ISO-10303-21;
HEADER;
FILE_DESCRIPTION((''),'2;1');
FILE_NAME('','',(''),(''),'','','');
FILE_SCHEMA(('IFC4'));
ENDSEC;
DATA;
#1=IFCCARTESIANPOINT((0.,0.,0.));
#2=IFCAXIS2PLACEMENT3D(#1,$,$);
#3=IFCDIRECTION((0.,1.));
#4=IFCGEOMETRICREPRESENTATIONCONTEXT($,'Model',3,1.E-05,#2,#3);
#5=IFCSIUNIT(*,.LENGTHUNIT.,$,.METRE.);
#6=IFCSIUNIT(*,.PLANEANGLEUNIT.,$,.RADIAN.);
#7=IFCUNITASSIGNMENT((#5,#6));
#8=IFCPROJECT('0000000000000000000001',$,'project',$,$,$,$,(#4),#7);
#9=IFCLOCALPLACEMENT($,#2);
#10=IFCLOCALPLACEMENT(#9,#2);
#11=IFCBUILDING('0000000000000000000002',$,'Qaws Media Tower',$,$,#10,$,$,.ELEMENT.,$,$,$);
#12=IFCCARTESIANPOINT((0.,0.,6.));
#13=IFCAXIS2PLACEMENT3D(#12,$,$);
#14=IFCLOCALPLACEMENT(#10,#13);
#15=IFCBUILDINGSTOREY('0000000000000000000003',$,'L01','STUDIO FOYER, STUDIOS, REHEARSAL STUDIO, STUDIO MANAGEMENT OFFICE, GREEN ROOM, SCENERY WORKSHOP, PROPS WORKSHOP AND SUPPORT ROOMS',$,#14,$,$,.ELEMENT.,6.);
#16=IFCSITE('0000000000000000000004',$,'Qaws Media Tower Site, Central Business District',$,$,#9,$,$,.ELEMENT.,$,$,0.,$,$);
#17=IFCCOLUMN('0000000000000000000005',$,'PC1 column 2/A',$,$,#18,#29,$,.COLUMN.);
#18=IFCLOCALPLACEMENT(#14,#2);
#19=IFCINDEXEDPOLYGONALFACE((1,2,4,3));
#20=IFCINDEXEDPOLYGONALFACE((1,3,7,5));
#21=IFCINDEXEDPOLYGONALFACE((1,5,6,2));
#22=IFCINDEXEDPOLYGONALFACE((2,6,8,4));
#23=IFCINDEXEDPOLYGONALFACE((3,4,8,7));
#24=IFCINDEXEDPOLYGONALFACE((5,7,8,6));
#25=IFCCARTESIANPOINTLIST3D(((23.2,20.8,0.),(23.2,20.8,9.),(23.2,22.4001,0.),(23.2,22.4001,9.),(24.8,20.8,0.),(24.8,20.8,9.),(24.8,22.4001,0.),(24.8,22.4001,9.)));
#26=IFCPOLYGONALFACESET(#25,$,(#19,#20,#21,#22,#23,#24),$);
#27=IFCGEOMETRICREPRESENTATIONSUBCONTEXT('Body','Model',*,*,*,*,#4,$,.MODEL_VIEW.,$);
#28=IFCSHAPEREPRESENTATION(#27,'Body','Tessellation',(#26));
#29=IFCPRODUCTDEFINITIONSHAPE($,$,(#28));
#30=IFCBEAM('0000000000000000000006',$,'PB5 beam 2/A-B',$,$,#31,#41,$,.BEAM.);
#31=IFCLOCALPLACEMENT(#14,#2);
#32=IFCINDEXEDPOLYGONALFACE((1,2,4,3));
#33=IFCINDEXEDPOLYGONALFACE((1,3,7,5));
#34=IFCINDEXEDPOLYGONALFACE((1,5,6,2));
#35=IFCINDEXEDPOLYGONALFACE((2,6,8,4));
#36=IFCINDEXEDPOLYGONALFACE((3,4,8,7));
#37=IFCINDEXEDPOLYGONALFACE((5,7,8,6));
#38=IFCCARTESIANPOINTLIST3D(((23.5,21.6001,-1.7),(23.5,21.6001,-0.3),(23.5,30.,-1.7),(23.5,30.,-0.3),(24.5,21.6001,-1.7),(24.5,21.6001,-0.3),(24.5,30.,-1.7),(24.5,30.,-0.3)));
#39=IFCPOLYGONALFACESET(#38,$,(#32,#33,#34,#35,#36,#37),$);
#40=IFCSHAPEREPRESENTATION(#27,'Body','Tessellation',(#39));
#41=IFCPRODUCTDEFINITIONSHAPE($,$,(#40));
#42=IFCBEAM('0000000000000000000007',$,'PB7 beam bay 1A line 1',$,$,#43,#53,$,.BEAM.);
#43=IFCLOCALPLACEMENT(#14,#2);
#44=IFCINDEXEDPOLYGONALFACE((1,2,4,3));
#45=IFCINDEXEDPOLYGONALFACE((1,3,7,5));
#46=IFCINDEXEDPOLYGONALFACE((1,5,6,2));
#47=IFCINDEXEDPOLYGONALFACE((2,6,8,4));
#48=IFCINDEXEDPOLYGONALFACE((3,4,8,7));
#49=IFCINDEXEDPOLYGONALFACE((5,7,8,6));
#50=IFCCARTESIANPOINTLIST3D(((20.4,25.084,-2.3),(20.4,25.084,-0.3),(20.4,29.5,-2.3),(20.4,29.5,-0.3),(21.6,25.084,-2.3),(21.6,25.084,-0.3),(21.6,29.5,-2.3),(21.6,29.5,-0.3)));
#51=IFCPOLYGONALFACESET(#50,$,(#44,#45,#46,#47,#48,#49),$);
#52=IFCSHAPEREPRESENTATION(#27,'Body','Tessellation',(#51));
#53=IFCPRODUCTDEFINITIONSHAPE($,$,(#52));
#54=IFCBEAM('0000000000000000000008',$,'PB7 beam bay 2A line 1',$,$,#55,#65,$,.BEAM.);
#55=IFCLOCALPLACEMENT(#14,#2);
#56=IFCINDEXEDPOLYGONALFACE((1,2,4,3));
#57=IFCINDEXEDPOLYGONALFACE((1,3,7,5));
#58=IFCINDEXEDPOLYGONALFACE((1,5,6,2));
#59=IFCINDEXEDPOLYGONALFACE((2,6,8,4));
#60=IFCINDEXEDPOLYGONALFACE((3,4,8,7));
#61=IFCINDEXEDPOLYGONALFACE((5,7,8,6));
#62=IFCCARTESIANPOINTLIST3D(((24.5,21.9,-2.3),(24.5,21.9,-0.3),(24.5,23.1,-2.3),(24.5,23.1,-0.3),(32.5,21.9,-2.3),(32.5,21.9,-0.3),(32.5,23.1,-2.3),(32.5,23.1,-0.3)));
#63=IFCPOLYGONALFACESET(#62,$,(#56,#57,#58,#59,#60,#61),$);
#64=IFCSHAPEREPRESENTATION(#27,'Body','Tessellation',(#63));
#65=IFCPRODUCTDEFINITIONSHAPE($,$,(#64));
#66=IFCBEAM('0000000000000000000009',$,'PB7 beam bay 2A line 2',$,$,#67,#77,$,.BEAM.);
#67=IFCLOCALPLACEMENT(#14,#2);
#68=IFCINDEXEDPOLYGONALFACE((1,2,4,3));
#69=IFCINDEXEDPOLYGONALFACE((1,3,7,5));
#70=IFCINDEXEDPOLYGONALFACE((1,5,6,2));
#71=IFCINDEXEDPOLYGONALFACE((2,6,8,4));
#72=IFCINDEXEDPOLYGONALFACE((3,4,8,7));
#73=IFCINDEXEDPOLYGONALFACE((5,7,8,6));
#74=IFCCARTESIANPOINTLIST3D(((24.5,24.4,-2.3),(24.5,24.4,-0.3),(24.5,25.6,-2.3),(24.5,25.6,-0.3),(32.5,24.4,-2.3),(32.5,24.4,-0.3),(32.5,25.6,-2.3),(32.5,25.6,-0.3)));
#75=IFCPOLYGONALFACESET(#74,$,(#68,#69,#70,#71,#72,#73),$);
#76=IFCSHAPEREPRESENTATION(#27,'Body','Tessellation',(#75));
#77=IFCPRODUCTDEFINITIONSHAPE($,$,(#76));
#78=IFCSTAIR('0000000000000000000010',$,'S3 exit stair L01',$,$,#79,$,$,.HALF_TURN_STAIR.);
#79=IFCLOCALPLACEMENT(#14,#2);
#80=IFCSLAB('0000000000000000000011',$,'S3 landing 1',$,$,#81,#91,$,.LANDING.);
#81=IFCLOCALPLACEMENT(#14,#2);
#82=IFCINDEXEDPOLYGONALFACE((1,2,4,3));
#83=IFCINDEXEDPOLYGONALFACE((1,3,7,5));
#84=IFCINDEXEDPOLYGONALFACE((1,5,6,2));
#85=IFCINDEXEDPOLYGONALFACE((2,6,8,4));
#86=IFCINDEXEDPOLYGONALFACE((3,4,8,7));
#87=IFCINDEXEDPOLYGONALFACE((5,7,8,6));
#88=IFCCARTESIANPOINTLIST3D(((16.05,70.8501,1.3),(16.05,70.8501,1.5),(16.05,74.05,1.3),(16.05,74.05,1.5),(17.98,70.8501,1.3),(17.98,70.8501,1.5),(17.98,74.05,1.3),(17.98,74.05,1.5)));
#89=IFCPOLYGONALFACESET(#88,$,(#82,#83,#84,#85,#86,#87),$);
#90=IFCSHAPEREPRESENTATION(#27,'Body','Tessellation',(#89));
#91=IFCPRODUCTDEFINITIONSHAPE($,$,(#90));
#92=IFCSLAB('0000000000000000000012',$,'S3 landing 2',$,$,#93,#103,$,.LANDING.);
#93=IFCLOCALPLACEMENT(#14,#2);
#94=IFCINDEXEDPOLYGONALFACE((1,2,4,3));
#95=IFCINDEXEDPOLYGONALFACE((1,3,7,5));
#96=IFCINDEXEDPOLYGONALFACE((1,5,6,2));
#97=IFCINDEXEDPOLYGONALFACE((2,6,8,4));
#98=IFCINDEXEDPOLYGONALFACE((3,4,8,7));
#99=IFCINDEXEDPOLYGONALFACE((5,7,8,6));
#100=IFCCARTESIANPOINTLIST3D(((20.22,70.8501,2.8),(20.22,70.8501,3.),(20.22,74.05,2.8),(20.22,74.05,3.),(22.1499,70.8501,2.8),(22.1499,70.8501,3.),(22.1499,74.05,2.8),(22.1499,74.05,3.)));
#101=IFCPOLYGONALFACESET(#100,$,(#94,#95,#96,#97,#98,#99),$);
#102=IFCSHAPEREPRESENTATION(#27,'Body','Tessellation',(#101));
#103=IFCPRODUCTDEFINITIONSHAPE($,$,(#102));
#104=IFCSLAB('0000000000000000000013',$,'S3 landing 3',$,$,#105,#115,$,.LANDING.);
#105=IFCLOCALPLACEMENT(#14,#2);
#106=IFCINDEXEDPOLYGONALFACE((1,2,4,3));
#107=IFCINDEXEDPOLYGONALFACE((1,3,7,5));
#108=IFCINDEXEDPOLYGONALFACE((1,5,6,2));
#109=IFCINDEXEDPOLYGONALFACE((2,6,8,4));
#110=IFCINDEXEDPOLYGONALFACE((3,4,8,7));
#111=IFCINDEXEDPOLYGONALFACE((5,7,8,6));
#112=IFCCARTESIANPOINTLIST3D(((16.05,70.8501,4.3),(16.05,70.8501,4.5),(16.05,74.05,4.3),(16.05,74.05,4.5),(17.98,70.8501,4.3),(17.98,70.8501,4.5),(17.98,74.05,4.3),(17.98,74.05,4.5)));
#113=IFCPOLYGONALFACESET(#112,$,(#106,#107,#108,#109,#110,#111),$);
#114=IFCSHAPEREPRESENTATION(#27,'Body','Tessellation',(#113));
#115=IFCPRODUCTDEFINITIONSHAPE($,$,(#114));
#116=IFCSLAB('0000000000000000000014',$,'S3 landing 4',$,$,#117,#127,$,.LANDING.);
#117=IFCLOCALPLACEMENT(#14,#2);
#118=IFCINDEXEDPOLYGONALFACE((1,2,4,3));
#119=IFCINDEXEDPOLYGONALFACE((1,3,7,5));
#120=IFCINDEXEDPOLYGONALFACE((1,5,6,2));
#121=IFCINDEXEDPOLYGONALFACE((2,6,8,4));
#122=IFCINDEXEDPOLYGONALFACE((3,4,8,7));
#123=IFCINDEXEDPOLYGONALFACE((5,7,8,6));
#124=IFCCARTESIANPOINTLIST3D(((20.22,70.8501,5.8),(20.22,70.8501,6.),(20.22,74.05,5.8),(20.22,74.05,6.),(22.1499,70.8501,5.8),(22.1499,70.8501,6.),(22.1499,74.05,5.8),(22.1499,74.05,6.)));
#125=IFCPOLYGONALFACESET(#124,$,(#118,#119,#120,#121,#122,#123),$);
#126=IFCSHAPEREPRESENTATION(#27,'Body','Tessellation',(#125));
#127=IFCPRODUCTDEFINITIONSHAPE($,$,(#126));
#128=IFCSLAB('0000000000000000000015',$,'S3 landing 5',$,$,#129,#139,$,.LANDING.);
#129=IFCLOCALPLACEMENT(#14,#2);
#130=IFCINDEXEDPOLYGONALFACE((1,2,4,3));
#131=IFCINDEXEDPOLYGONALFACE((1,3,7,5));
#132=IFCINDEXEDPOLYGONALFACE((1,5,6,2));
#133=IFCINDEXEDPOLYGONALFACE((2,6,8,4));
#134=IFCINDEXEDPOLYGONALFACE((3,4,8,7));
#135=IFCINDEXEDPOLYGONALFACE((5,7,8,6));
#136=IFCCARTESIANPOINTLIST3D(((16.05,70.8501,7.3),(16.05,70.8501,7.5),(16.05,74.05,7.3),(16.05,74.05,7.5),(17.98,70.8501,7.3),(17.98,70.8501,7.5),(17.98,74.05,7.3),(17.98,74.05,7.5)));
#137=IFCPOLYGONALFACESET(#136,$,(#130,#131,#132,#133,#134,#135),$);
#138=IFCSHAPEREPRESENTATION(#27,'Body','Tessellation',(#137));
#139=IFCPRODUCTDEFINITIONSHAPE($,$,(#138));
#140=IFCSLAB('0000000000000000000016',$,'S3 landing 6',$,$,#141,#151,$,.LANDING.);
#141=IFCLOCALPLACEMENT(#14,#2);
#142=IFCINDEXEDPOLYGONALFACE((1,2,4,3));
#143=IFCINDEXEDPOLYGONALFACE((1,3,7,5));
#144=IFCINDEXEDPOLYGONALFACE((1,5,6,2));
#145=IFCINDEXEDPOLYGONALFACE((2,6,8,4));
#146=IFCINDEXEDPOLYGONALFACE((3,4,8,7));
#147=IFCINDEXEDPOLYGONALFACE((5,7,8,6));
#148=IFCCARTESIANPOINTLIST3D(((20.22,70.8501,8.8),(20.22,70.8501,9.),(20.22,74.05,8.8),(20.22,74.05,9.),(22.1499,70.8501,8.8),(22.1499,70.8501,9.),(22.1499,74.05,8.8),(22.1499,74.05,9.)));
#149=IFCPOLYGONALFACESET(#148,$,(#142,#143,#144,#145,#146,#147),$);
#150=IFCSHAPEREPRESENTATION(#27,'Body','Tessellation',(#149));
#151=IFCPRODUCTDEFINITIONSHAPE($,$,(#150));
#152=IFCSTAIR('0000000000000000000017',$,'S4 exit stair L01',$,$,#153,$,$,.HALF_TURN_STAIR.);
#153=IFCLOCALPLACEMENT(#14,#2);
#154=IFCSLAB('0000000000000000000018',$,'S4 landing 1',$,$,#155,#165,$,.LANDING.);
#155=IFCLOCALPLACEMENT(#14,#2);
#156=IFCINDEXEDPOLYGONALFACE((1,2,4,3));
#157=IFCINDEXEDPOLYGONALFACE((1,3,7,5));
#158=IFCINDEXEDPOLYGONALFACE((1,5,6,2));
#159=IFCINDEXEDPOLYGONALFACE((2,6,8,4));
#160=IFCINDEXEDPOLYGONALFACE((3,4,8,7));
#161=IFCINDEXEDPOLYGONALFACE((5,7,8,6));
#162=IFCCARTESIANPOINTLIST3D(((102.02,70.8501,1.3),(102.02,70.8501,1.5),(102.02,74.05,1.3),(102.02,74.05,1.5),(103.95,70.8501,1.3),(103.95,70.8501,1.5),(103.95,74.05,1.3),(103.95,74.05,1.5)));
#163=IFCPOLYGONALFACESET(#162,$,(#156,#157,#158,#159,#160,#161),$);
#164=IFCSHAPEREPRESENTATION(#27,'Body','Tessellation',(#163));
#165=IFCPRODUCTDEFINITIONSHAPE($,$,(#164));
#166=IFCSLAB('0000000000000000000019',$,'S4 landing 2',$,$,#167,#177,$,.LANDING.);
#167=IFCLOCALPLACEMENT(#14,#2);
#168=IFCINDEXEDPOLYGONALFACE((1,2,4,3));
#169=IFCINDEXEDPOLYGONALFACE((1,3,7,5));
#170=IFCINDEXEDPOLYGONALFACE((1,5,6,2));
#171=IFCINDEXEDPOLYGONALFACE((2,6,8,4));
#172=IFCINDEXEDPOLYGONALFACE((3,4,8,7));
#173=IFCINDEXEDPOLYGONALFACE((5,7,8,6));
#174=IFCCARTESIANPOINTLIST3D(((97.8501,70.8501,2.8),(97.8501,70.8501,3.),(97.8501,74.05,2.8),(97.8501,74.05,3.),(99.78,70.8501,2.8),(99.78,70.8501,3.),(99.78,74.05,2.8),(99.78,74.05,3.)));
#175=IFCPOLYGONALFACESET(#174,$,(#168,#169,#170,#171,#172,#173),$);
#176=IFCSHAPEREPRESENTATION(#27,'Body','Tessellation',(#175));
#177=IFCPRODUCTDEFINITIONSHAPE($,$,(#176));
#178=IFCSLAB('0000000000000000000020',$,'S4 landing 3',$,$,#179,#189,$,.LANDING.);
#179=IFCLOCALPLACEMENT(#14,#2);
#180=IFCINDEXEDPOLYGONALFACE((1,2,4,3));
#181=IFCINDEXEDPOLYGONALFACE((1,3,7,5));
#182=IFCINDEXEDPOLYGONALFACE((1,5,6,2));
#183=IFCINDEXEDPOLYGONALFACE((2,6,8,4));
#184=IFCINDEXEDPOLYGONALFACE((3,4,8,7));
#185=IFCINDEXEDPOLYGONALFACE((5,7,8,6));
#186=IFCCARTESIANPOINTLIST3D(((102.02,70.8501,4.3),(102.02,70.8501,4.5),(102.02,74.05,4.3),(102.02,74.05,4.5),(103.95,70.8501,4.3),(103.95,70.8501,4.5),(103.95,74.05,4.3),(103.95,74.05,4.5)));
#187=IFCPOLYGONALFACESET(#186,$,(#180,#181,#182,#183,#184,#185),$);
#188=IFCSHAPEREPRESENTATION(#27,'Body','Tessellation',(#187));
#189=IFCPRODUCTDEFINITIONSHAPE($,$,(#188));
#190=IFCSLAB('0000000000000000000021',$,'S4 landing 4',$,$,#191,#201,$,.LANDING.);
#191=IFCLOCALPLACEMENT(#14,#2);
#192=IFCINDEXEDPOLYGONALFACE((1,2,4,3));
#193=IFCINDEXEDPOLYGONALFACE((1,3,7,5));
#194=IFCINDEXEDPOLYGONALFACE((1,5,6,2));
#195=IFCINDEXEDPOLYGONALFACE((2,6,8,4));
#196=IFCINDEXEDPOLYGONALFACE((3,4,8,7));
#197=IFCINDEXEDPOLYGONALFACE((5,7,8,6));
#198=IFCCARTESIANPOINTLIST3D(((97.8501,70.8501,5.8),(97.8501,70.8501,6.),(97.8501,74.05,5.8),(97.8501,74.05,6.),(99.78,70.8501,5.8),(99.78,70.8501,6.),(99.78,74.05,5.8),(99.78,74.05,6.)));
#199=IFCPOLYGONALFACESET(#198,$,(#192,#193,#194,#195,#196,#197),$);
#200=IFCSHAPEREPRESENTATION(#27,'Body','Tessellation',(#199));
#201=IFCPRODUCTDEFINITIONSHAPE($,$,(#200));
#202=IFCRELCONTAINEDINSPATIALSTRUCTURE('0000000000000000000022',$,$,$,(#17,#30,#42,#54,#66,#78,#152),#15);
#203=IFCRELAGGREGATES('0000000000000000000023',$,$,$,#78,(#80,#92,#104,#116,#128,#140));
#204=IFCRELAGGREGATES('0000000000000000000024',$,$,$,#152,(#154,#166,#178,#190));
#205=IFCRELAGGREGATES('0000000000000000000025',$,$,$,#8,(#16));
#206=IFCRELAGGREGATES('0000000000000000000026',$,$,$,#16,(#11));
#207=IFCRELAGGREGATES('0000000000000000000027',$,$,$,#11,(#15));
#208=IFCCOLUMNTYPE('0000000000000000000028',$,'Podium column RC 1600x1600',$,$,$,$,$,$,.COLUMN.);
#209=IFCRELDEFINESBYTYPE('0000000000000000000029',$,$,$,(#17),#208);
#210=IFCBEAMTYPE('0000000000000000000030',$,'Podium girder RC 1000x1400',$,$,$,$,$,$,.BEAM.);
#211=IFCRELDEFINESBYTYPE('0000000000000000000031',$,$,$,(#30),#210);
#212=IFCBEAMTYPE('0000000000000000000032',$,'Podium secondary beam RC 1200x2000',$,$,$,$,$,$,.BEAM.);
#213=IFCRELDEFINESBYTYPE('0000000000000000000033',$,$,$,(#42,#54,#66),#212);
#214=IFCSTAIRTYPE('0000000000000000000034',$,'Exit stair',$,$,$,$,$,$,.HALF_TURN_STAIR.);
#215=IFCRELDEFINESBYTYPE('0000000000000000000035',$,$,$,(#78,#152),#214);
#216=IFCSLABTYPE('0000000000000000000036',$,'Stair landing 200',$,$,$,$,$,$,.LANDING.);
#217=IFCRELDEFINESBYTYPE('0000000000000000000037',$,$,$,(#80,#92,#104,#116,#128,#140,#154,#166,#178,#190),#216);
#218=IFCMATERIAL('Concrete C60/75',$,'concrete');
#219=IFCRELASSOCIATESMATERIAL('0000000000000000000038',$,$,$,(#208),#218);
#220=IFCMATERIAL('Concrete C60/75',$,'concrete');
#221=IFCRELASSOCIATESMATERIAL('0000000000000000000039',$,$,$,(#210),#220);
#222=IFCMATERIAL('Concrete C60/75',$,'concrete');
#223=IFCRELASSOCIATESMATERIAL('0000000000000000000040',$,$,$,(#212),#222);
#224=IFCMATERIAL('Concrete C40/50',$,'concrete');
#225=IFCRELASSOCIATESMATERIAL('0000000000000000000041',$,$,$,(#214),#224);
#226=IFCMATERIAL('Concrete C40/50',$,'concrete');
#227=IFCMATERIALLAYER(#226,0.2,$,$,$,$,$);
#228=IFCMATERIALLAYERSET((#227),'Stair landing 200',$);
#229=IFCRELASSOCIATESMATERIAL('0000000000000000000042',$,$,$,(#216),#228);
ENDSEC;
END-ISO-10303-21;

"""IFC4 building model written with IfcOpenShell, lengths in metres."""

from ifc_helpers import new_model, si_unit, direction, frame, origin, origin_2d, place, context, subcontext, project, spatial, polyline, rectangle, outline, extrude, material, layer, layer_set, material_profile, profile_set, type_object, element, aggregate, save


model = new_model("IFC4")

# Units and contexts
model_context = context("Model", 3, precision=1e-05, world=origin(), true_north=direction((0.0, 1.0)))
body_context = subcontext(model_context, "Body", "Model", "MODEL_VIEW")
ifc_project = project(units=[si_unit("LENGTHUNIT", "METRE"), si_unit("PLANEANGLEUNIT", "RADIAN")], contexts=[model_context])

# Site, building, storey
site_placement = place(None, origin())
site = spatial("IfcSite", under=ifc_project, at=site_placement, Name="Qaws Media Tower Site, Central Business District", CompositionType="ELEMENT", RefElevation=0.0)
building_placement = place(site_placement, origin())
building = spatial("IfcBuilding", under=site, at=building_placement, Name="Qaws Media Tower", CompositionType="ELEMENT")
storey_placement = place(building_placement, frame((0.0, 0.0, 6.0)))
storey = spatial("IfcBuildingStorey", under=building, at=storey_placement, Name="L01", Description="STUDIO FOYER, STUDIOS, REHEARSAL STUDIO, STUDIO MANAGEMENT OFFICE, GREEN ROOM, SCENERY WORKSHOP, PROPS WORKSHOP AND SUPPORT ROOMS", CompositionType="ELEMENT", Elevation=6.0)

# Column
ifc_material_1 = material(Name="Concrete C60/75", Category="concrete")
ifc_material_profile_1 = material_profile(ifc_material_1, rectangle(XDim=1.6001, YDim=1.6001, at=origin_2d()), Name="RC 1600x1600")
ifc_profile_set_1 = profile_set([ifc_material_profile_1], Name="Concrete C60/75")
column_type = type_object("IfcColumnType", Name="Podium column RC 1600x1600", PredefinedType="COLUMN", material=ifc_profile_set_1)
column_placement = place(storey_placement, frame((24.0, 21.6001, 0.0), z_axis=(0.0, 0.0, 1.0), x_axis=(1.0, 0.0, 0.0)))
element("IfcColumn", 1, at=column_placement, inside=storey, type_object=column_type, Name="PC1 column 2/A", PredefinedType="COLUMN", context=body_context, shape_type="SweptSolid", body=[
    extrude(rectangle(XDim=1.6001, YDim=1.6001, at=origin_2d()), origin(), (0.0, 0.0, 1.0), 9.0),
])

# Beams
ifc_material_2 = material(Name="Concrete C60/75", Category="concrete")
ifc_material_profile_2 = material_profile(ifc_material_2, rectangle(XDim=1.0, YDim=1.3999, at=origin_2d()), Name="RC 1000x1400")
ifc_profile_set_2 = profile_set([ifc_material_profile_2], Name="Concrete C60/75")
beam_type_1 = type_object("IfcBeamType", Name="Podium girder RC 1000x1400", PredefinedType="BEAM", material=ifc_profile_set_2)
beam_1_placement = place(storey_placement, frame((24.0, 21.6001, -1.0), z_axis=(0.0, 1.0, 0.0), x_axis=(-1.0, 0.0, 0.0)))
element("IfcBeam", 2, at=beam_1_placement, inside=storey, type_object=beam_type_1, Name="PB5 beam 2/A-B", PredefinedType="BEAM", context=body_context, shape_type="SweptSolid", body=[
    extrude(rectangle(XDim=1.0, YDim=1.3999, at=origin_2d()), origin(), (0.0, 0.0, 1.0), 8.3999),
])
ifc_material_3 = material(Name="Concrete C60/75", Category="concrete")
ifc_material_profile_3 = material_profile(ifc_material_3, rectangle(XDim=1.2, YDim=2.0, at=origin_2d()), Name="RC 1200x2000")
ifc_profile_set_3 = profile_set([ifc_material_profile_3], Name="Concrete C60/75")
beam_type_2 = type_object("IfcBeamType", Name="Podium secondary beam RC 1200x2000", PredefinedType="BEAM", material=ifc_profile_set_3)
beam_2_placement = place(storey_placement, frame((21.0, 25.084, -1.3), z_axis=(0.0, 1.0, 0.0), x_axis=(-1.0, 0.0, 0.0)))
element("IfcBeam", 3, at=beam_2_placement, inside=storey, type_object=beam_type_2, Name="PB7 beam bay 1A line 1", PredefinedType="BEAM", context=body_context, shape_type="SweptSolid", body=[
    extrude(rectangle(XDim=1.2, YDim=2.0, at=origin_2d()), origin(), (0.0, 0.0, 1.0), 4.416),
])
for number, where, z_axis, x_axis, name in (
    (4, (24.5, 22.5, -1.3), (1.0, 0.0, 0.0), (0.0, 1.0, 0.0), "PB7 beam bay 2A line 1"),
    (5, (24.5, 25.0, -1.3), (1.0, 0.0, 0.0), (0.0, 1.0, 0.0), "PB7 beam bay 2A line 2"),
):
    element("IfcBeam", number, at=place(storey_placement, frame(where, z_axis=z_axis, x_axis=x_axis)), inside=storey, type_object=beam_type_2, Name=name, PredefinedType="BEAM", context=body_context, shape_type="SweptSolid", body=[
        extrude(rectangle(XDim=1.2, YDim=2.0, at=origin_2d()), origin(), (0.0, 0.0, 1.0), 8.0),
    ])

# Stairs, slabs
ifc_material_4 = material(Name="Concrete C40/50", Category="concrete")
stair_type = type_object("IfcStairType", Name="Exit stair", PredefinedType="HALF_TURN_STAIR", material=ifc_material_4)
stair_1_placement = place(storey_placement, origin())
stair_1 = element("IfcStair", 6, at=stair_1_placement, inside=storey, type_object=stair_type, Name="S3 exit stair L01", PredefinedType="HALF_TURN_STAIR")
ifc_material_5 = material(Name="Concrete C40/50", Category="concrete")
ifc_layer_1 = layer(ifc_material_5, 0.2)
ifc_layer_set_1 = layer_set([ifc_layer_1], Name="Stair landing 200")
slab_type = type_object("IfcSlabType", Name="Stair landing 200", PredefinedType="LANDING", material=ifc_layer_set_1)
slab_1_placement = place(storey_placement, frame((0.0, 0.0, 1.3)))
slab_1 = element("IfcSlab", 7, at=slab_1_placement, type_object=slab_type, Name="S3 landing 1", PredefinedType="LANDING", context=body_context, shape_type="SweptSolid", body=[
    extrude(outline(polyline([(16.05, 70.8501), (17.98, 70.8501), (17.98, 74.05), (16.05, 74.05), (16.05, 70.8501)])), origin(), (0.0, 0.0, 1.0), 0.2),
])
slab_2_placement = place(storey_placement, frame((0.0, 0.0, 2.8)))
slab_2 = element("IfcSlab", 8, at=slab_2_placement, type_object=slab_type, Name="S3 landing 2", PredefinedType="LANDING", context=body_context, shape_type="SweptSolid", body=[
    extrude(outline(polyline([(20.22, 70.8501), (22.1499, 70.8501), (22.1499, 74.05), (20.22, 74.05), (20.22, 70.8501)])), origin(), (0.0, 0.0, 1.0), 0.2),
])
slab_3_placement = place(storey_placement, frame((0.0, 0.0, 4.3)))
slab_3 = element("IfcSlab", 9, at=slab_3_placement, type_object=slab_type, Name="S3 landing 3", PredefinedType="LANDING", context=body_context, shape_type="SweptSolid", body=[
    extrude(outline(polyline([(16.05, 70.8501), (17.98, 70.8501), (17.98, 74.05), (16.05, 74.05), (16.05, 70.8501)])), origin(), (0.0, 0.0, 1.0), 0.2),
])
slab_4_placement = place(storey_placement, frame((0.0, 0.0, 5.8)))
slab_4 = element("IfcSlab", 10, at=slab_4_placement, type_object=slab_type, Name="S3 landing 4", PredefinedType="LANDING", context=body_context, shape_type="SweptSolid", body=[
    extrude(outline(polyline([(20.22, 70.8501), (22.1499, 70.8501), (22.1499, 74.05), (20.22, 74.05), (20.22, 70.8501)])), origin(), (0.0, 0.0, 1.0), 0.2),
])
slab_5_placement = place(storey_placement, frame((0.0, 0.0, 7.3)))
slab_5 = element("IfcSlab", 11, at=slab_5_placement, type_object=slab_type, Name="S3 landing 5", PredefinedType="LANDING", context=body_context, shape_type="SweptSolid", body=[
    extrude(outline(polyline([(16.05, 70.8501), (17.98, 70.8501), (17.98, 74.05), (16.05, 74.05), (16.05, 70.8501)])), origin(), (0.0, 0.0, 1.0), 0.2),
])
slab_6_placement = place(storey_placement, frame((0.0, 0.0, 8.8)))
slab_6 = element("IfcSlab", 12, at=slab_6_placement, type_object=slab_type, Name="S3 landing 6", PredefinedType="LANDING", context=body_context, shape_type="SweptSolid", body=[
    extrude(outline(polyline([(20.22, 70.8501), (22.1499, 70.8501), (22.1499, 74.05), (20.22, 74.05), (20.22, 70.8501)])), origin(), (0.0, 0.0, 1.0), 0.2),
])
aggregate(stair_1, [slab_1, slab_2, slab_3, slab_4, slab_5, slab_6])
stair_2_placement = place(storey_placement, origin())
stair_2 = element("IfcStair", 13, at=stair_2_placement, inside=storey, type_object=stair_type, Name="S4 exit stair L01", PredefinedType="HALF_TURN_STAIR")
slab_7_placement = place(storey_placement, frame((0.0, 0.0, 1.3)))
slab_7 = element("IfcSlab", 14, at=slab_7_placement, type_object=slab_type, Name="S4 landing 1", PredefinedType="LANDING", context=body_context, shape_type="SweptSolid", body=[
    extrude(outline(polyline([(102.02, 70.8501), (103.95, 70.8501), (103.95, 74.05), (102.02, 74.05), (102.02, 70.8501)])), origin(), (0.0, 0.0, 1.0), 0.2),
])
slab_8_placement = place(storey_placement, frame((0.0, 0.0, 2.8)))
slab_8 = element("IfcSlab", 15, at=slab_8_placement, type_object=slab_type, Name="S4 landing 2", PredefinedType="LANDING", context=body_context, shape_type="SweptSolid", body=[
    extrude(outline(polyline([(97.8501, 70.8501), (99.78, 70.8501), (99.78, 74.05), (97.8501, 74.05), (97.8501, 70.8501)])), origin(), (0.0, 0.0, 1.0), 0.2),
])
slab_9_placement = place(storey_placement, frame((0.0, 0.0, 4.3)))
slab_9 = element("IfcSlab", 16, at=slab_9_placement, type_object=slab_type, Name="S4 landing 3", PredefinedType="LANDING", context=body_context, shape_type="SweptSolid", body=[
    extrude(outline(polyline([(102.02, 70.8501), (103.95, 70.8501), (103.95, 74.05), (102.02, 74.05), (102.02, 70.8501)])), origin(), (0.0, 0.0, 1.0), 0.2),
])
slab_10_placement = place(storey_placement, frame((0.0, 0.0, 5.8)))
slab_10 = element("IfcSlab", 17, at=slab_10_placement, type_object=slab_type, Name="S4 landing 4", PredefinedType="LANDING", context=body_context, shape_type="SweptSolid", body=[
    extrude(outline(polyline([(97.8501, 70.8501), (99.78, 70.8501), (99.78, 74.05), (97.8501, 74.05), (97.8501, 70.8501)])), origin(), (0.0, 0.0, 1.0), 0.2),
])
aggregate(stair_2, [slab_7, slab_8, slab_9, slab_10])

save(model, "model.ifc")
